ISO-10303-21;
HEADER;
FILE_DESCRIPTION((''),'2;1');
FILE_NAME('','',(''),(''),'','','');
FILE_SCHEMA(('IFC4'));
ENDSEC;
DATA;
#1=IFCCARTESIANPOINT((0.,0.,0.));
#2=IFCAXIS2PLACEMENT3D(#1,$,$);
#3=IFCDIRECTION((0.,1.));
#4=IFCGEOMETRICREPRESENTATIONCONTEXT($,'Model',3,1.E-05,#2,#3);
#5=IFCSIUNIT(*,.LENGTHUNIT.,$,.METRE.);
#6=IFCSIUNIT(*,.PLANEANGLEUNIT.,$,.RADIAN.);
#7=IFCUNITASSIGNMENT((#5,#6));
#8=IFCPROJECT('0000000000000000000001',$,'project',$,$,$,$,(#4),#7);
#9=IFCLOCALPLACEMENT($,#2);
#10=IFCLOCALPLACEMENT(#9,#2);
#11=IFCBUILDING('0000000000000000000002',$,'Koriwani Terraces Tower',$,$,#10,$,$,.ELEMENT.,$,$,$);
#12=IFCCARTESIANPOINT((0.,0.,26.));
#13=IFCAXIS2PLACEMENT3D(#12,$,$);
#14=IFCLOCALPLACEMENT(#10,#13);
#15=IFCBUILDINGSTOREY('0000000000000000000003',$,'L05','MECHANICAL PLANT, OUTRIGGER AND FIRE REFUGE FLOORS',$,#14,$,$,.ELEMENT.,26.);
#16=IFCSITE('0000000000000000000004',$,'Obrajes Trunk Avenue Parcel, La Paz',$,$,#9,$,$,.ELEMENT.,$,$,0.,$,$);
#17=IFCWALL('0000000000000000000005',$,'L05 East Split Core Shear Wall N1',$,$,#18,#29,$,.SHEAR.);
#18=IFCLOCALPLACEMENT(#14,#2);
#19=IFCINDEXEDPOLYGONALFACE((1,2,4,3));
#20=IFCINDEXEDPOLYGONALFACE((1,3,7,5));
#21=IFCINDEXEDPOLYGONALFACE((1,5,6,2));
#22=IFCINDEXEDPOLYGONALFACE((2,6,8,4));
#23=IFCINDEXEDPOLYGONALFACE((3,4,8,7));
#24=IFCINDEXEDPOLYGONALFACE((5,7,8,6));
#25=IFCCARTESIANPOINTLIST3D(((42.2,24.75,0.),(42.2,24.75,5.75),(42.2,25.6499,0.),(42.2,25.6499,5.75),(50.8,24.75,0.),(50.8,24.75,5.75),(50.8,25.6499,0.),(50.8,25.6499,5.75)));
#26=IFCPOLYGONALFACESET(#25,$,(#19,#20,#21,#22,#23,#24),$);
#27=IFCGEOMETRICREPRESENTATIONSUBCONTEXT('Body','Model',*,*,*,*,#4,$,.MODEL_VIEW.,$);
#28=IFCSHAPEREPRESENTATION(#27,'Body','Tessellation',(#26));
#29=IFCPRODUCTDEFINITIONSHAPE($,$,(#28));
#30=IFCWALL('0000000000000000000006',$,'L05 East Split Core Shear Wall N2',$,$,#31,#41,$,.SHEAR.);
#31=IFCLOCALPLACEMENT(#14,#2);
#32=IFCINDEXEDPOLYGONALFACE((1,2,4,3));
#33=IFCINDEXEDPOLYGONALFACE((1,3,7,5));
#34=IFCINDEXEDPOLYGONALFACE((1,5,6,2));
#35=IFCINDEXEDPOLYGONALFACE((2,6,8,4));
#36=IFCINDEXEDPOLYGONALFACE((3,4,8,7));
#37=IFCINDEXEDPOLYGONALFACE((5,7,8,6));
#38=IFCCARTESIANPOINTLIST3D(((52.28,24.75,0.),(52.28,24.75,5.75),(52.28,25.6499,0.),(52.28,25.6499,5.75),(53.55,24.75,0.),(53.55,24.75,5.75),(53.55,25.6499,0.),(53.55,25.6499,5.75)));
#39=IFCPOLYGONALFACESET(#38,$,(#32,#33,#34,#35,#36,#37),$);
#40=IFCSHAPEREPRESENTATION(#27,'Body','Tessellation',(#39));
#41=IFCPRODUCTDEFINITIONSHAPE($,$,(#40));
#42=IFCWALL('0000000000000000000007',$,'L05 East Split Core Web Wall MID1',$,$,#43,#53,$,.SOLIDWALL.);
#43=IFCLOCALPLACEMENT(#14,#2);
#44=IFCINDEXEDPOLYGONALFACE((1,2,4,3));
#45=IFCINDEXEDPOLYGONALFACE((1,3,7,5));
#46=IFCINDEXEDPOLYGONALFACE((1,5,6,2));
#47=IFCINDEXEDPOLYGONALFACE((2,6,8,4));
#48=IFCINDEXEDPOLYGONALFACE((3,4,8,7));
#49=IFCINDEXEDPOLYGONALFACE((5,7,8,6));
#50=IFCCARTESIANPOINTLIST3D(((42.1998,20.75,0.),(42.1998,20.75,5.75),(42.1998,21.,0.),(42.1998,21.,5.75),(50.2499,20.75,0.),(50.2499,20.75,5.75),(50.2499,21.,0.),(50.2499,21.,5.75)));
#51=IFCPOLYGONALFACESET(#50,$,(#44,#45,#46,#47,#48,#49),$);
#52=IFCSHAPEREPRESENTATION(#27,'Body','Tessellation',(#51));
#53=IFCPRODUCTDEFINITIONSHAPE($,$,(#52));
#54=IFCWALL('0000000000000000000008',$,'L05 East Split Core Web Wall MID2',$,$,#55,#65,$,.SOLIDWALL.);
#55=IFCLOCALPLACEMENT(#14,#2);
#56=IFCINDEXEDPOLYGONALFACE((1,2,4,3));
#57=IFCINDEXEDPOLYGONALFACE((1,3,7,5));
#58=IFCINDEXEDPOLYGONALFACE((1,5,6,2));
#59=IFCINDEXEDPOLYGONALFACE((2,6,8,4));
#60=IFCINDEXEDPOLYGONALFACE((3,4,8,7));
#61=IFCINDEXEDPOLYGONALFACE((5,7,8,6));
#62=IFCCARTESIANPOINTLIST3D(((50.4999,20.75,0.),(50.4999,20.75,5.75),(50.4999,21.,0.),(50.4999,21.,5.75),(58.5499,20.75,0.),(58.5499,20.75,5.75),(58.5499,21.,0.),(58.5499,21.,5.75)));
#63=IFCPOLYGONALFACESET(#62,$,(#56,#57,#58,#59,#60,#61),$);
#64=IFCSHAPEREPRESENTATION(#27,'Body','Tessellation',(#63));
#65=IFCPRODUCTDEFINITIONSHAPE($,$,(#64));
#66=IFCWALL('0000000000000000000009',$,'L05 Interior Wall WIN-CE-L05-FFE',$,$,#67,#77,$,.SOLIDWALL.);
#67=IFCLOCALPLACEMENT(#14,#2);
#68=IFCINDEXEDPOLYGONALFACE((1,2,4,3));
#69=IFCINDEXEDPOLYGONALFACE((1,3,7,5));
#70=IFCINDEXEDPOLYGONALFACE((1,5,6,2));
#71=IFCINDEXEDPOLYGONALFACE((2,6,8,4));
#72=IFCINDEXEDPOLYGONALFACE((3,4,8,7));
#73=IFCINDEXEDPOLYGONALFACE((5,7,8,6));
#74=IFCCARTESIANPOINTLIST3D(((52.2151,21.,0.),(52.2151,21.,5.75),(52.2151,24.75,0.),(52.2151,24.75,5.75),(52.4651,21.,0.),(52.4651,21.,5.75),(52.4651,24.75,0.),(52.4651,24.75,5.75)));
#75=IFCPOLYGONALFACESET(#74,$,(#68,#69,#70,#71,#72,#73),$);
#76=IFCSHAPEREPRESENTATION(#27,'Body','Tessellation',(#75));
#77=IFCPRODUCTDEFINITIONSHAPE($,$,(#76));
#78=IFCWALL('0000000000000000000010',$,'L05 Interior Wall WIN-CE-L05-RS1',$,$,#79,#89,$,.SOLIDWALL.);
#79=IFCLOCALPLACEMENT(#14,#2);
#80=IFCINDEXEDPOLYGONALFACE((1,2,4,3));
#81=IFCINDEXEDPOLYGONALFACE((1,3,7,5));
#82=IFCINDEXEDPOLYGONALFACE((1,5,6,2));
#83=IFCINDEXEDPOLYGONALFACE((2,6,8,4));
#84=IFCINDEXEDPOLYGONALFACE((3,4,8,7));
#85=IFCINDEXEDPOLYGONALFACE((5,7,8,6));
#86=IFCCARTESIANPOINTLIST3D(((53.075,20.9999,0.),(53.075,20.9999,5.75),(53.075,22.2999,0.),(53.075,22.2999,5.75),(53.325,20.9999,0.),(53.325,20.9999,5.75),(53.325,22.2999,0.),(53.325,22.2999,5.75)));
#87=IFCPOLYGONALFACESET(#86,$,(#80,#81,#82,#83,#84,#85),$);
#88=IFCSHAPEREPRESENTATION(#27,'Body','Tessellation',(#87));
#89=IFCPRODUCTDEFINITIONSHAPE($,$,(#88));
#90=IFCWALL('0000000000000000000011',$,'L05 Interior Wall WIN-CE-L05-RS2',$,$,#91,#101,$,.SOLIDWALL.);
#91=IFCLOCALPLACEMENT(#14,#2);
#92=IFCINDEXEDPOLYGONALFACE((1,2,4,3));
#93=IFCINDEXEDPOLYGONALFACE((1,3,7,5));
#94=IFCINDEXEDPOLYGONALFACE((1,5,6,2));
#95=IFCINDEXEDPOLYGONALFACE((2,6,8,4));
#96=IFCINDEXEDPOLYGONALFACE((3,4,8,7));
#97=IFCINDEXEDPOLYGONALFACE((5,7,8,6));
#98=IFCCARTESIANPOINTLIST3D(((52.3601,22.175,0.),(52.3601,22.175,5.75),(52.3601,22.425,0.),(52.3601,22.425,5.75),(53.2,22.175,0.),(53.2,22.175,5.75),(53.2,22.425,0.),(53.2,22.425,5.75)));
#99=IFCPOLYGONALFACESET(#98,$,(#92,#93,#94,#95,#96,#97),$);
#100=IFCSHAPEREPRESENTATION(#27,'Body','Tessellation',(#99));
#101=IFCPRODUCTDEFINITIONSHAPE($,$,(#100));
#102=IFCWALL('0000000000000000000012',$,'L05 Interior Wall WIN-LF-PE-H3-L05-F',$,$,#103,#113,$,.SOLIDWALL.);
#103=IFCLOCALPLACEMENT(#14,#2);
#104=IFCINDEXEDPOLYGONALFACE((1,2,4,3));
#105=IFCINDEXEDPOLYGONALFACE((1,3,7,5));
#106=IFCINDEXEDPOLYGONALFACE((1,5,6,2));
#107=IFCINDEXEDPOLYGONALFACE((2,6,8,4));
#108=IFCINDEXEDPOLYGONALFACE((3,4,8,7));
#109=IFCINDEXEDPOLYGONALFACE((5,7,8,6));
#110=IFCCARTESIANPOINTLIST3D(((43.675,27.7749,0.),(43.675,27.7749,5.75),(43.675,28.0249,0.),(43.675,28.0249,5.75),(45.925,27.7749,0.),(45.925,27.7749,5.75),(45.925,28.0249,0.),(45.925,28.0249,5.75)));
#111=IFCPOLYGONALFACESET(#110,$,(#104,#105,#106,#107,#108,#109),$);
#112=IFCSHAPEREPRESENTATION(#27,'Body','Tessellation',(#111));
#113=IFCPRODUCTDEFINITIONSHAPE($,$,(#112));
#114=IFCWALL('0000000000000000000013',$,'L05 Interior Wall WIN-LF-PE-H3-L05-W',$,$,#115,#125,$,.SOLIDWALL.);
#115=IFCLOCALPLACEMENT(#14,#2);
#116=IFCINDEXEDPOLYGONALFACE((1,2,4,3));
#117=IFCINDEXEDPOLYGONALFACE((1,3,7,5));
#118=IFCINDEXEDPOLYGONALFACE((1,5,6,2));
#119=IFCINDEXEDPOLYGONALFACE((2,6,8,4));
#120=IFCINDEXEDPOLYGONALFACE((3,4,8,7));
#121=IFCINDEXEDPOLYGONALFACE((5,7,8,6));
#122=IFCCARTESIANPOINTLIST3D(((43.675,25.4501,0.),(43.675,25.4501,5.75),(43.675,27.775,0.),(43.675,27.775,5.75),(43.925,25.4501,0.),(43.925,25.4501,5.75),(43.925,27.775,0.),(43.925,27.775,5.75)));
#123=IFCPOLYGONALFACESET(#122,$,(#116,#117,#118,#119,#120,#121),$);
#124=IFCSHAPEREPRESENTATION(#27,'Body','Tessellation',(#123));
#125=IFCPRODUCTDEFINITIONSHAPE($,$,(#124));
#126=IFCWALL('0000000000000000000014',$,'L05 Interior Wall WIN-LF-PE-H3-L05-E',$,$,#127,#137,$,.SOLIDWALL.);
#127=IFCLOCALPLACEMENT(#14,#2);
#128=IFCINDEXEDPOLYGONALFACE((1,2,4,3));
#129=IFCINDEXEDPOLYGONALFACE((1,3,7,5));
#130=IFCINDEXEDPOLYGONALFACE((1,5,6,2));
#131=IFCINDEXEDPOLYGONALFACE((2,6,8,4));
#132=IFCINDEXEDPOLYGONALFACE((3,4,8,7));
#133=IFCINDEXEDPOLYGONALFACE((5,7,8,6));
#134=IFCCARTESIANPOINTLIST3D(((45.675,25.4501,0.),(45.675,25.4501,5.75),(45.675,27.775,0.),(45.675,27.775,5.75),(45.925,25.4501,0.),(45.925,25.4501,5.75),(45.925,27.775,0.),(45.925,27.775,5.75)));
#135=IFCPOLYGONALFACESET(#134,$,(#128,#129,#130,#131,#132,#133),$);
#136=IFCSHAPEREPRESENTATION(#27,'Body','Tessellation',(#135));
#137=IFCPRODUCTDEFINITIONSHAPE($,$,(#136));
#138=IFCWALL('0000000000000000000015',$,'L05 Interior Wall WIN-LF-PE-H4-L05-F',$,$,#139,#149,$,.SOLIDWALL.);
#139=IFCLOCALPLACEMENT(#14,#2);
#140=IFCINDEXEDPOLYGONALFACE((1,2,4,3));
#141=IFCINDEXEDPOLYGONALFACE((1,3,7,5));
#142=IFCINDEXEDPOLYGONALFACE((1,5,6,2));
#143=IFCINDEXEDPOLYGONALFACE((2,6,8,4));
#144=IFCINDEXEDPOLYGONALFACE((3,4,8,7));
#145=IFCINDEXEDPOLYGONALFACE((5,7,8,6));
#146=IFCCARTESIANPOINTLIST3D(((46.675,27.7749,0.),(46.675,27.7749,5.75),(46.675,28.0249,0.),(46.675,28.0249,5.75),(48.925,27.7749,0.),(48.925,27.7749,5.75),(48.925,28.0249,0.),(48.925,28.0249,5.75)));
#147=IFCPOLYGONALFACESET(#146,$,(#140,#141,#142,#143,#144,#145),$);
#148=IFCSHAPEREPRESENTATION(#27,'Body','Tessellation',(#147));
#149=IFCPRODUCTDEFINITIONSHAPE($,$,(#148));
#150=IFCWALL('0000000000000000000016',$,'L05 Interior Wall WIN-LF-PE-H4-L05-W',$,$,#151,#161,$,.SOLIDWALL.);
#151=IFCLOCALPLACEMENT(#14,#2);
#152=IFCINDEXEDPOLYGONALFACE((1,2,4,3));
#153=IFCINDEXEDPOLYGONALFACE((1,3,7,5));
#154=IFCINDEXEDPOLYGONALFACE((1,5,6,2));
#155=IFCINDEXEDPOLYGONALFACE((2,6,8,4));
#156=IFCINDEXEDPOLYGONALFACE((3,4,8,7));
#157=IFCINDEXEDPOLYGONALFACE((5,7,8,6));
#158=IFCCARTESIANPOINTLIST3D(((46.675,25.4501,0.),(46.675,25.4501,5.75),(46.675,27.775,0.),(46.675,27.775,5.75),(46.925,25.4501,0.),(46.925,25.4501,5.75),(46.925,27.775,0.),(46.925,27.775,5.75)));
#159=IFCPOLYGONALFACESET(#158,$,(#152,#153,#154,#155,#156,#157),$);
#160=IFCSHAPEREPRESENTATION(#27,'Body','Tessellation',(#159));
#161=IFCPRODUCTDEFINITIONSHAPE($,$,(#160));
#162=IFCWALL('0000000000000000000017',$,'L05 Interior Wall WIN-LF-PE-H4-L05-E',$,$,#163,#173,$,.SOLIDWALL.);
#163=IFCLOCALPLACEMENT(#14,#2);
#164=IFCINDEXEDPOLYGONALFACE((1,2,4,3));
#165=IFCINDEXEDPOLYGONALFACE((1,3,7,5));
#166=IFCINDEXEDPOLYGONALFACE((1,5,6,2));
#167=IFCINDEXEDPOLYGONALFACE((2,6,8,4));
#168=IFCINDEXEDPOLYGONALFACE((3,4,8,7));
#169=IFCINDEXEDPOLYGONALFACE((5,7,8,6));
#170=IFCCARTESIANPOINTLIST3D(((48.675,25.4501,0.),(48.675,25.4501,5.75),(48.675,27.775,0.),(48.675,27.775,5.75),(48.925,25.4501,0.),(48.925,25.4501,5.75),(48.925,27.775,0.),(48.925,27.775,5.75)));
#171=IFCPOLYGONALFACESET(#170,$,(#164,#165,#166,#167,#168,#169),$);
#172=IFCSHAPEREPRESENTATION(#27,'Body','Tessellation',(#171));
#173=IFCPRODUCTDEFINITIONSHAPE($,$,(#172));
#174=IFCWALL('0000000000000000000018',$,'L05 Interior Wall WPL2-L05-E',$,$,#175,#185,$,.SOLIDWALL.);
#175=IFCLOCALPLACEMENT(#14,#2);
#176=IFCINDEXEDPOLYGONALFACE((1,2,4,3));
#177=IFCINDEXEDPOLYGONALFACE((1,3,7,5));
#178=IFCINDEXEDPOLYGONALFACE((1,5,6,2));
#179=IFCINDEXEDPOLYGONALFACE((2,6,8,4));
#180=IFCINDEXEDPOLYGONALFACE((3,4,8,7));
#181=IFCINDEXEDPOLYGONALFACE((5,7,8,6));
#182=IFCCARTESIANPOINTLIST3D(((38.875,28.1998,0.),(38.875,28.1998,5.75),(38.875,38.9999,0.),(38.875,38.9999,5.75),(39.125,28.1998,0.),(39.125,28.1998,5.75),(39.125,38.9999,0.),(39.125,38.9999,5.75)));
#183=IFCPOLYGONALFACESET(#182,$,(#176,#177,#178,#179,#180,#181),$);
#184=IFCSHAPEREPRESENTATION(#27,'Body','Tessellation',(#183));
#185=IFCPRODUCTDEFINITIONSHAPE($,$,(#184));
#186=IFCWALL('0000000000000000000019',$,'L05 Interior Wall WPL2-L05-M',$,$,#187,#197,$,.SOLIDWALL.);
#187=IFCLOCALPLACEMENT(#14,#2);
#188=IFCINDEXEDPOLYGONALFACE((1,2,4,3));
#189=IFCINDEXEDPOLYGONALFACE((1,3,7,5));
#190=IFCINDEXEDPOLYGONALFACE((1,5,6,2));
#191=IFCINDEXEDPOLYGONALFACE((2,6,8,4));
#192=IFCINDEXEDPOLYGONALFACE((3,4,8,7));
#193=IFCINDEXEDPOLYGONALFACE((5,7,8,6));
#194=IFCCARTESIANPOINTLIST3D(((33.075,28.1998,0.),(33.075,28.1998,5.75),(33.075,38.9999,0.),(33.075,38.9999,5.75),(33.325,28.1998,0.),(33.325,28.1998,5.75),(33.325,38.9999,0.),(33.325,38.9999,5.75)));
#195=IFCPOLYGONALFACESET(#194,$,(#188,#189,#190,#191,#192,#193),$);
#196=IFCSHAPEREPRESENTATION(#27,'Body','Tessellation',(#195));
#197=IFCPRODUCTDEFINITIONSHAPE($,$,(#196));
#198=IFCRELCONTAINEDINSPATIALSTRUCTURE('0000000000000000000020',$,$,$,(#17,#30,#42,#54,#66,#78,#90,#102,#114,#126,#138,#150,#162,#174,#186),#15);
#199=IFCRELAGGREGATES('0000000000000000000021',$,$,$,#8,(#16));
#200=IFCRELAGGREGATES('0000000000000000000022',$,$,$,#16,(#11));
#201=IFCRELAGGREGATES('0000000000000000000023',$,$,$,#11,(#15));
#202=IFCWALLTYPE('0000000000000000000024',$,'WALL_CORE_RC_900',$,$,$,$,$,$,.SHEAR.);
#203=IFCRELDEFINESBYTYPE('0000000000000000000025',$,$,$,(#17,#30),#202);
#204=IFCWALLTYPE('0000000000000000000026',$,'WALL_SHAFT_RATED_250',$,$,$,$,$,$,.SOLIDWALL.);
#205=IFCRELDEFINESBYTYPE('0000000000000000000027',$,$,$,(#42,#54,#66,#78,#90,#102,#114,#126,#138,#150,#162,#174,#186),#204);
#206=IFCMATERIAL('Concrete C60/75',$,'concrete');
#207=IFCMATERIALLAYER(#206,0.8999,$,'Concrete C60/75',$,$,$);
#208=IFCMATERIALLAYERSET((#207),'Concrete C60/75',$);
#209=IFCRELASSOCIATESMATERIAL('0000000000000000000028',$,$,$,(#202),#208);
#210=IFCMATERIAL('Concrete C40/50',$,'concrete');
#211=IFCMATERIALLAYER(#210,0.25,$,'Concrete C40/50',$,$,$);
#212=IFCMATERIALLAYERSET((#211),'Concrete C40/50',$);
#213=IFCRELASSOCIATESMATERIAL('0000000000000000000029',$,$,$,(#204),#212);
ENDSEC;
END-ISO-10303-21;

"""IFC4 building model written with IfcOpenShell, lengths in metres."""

from ifc_helpers import new_model, si_unit, direction, frame, frame_2d, origin, place, context, subcontext, project, spatial, rectangle, extrude, material, layer, layer_set, type_object, element, save


model = new_model("IFC4")

# Units and contexts
model_context = context("Model", 3, precision=1e-05, world=origin(), true_north=direction((0.0, 1.0)))
body_context = subcontext(model_context, "Body", "Model", "MODEL_VIEW")
ifc_project = project(units=[si_unit("LENGTHUNIT", "METRE"), si_unit("PLANEANGLEUNIT", "RADIAN")], contexts=[model_context])

# Site, building, storey
site_placement = place(None, origin())
site = spatial("IfcSite", under=ifc_project, at=site_placement, Name="Obrajes Trunk Avenue Parcel, La Paz", CompositionType="ELEMENT", RefElevation=0.0)
building_placement = place(site_placement, origin())
building = spatial("IfcBuilding", under=site, at=building_placement, Name="Koriwani Terraces Tower", CompositionType="ELEMENT")
storey_placement = place(building_placement, frame((0.0, 0.0, 26.0)))
storey = spatial("IfcBuildingStorey", under=building, at=storey_placement, Name="L05", Description="MECHANICAL PLANT, OUTRIGGER AND FIRE REFUGE FLOORS", CompositionType="ELEMENT", Elevation=26.0)

# Shared definitions
ifc_material_1 = material(Name="Concrete C60/75", Category="concrete")

# Walls
ifc_layer_1 = layer(ifc_material_1, 0.8999, Name="Concrete C60/75")
ifc_layer_set_1 = layer_set([ifc_layer_1], Name="Concrete C60/75")
wall_type_1 = type_object("IfcWallType", Name="WALL_CORE_RC_900", PredefinedType="SHEAR", material=ifc_layer_set_1)
wall_1_placement = place(storey_placement, frame((42.2, 25.2, 0.0), z_axis=(0.0, 0.0, 1.0), x_axis=(1.0, 0.0, 0.0)))
element("IfcWall", 1, at=wall_1_placement, inside=storey, type_object=wall_type_1, Name="L05 East Split Core Shear Wall N1", PredefinedType="SHEAR", context=body_context, shape_type="SweptSolid", body=[
    extrude(rectangle(XDim=8.6001, YDim=0.8999, at=frame_2d((4.3, 0.0))), origin(), (0.0, 0.0, 1.0), 5.75),
])
wall_2_placement = place(storey_placement, frame((52.28, 25.2, 0.0), z_axis=(0.0, 0.0, 1.0), x_axis=(1.0, 0.0, 0.0)))
element("IfcWall", 2, at=wall_2_placement, inside=storey, type_object=wall_type_1, Name="L05 East Split Core Shear Wall N2", PredefinedType="SHEAR", context=body_context, shape_type="SweptSolid", body=[
    extrude(rectangle(XDim=1.27, YDim=0.8999, at=frame_2d((0.635, 0.0))), origin(), (0.0, 0.0, 1.0), 5.75),
])
ifc_material_2 = material(Name="Concrete C40/50", Category="concrete")
ifc_layer_2 = layer(ifc_material_2, 0.25, Name="Concrete C40/50")
ifc_layer_set_2 = layer_set([ifc_layer_2], Name="Concrete C40/50")
wall_type_2 = type_object("IfcWallType", Name="WALL_SHAFT_RATED_250", PredefinedType="SOLIDWALL", material=ifc_layer_set_2)
for number, where, z_axis, x_axis, name in (
    (3, (42.2, 20.875, 0.0), (0.0, 0.0, 1.0), (1.0, 0.0, 0.0), "L05 East Split Core Web Wall MID1"),
    (4, (50.5, 20.875, 0.0), (0.0, 0.0, 1.0), (1.0, 0.0, 0.0), "L05 East Split Core Web Wall MID2"),
):
    element("IfcWall", number, at=place(storey_placement, frame(where, z_axis=z_axis, x_axis=x_axis)), inside=storey, type_object=wall_type_2, Name=name, PredefinedType="SOLIDWALL", context=body_context, shape_type="SweptSolid", body=[
        extrude(rectangle(XDim=8.05, YDim=0.25, at=frame_2d((4.0249, 0.0))), origin(), (0.0, 0.0, 1.0), 5.75),
    ])

# Walls
wall_3_placement = place(storey_placement, frame((52.3401, 21.0, 0.0), z_axis=(0.0, 0.0, 1.0), x_axis=(0.0, 1.0, 0.0)))
element("IfcWall", 5, at=wall_3_placement, inside=storey, type_object=wall_type_2, Name="L05 Interior Wall WIN-CE-L05-FFE", PredefinedType="SOLIDWALL", context=body_context, shape_type="SweptSolid", body=[
    extrude(rectangle(XDim=3.75, YDim=0.25, at=frame_2d((1.875, 0.0))), origin(), (0.0, 0.0, 1.0), 5.75),
])
wall_4_placement = place(storey_placement, frame((53.2, 21.0, 0.0), z_axis=(0.0, 0.0, 1.0), x_axis=(0.0, 1.0, 0.0)))
element("IfcWall", 6, at=wall_4_placement, inside=storey, type_object=wall_type_2, Name="L05 Interior Wall WIN-CE-L05-RS1", PredefinedType="SOLIDWALL", context=body_context, shape_type="SweptSolid", body=[
    extrude(rectangle(XDim=1.3, YDim=0.25, at=frame_2d((0.6499, 0.0))), origin(), (0.0, 0.0, 1.0), 5.75),
])
wall_5_placement = place(storey_placement, frame((52.3601, 22.3, 0.0), z_axis=(0.0, 0.0, 1.0), x_axis=(1.0, 0.0, 0.0)))
element("IfcWall", 7, at=wall_5_placement, inside=storey, type_object=wall_type_2, Name="L05 Interior Wall WIN-CE-L05-RS2", PredefinedType="SOLIDWALL", context=body_context, shape_type="SweptSolid", body=[
    extrude(rectangle(XDim=0.8398, YDim=0.25, at=frame_2d((0.4199, 0.0))), origin(), (0.0, 0.0, 1.0), 5.75),
])
wall_6_placement = place(storey_placement, frame((43.675, 27.8999, 0.0), z_axis=(0.0, 0.0, 1.0), x_axis=(1.0, 0.0, 0.0)))
element("IfcWall", 8, at=wall_6_placement, inside=storey, type_object=wall_type_2, Name="L05 Interior Wall WIN-LF-PE-H3-L05-F", PredefinedType="SOLIDWALL", context=body_context, shape_type="SweptSolid", body=[
    extrude(rectangle(XDim=2.25, YDim=0.25, at=frame_2d((1.125, 0.0))), origin(), (0.0, 0.0, 1.0), 5.75),
])
for number, where, z_axis, x_axis, name in (
    (9, (43.8, 25.45, 0.0), (0.0, 0.0, 1.0), (0.0, 1.0, 0.0), "L05 Interior Wall WIN-LF-PE-H3-L05-W"),
    (10, (45.8, 25.45, 0.0), (0.0, 0.0, 1.0), (0.0, 1.0, 0.0), "L05 Interior Wall WIN-LF-PE-H3-L05-E"),
):
    element("IfcWall", number, at=place(storey_placement, frame(where, z_axis=z_axis, x_axis=x_axis)), inside=storey, type_object=wall_type_2, Name=name, PredefinedType="SOLIDWALL", context=body_context, shape_type="SweptSolid", body=[
        extrude(rectangle(XDim=2.325, YDim=0.25, at=frame_2d((1.1626, 0.0))), origin(), (0.0, 0.0, 1.0), 5.75),
    ])
wall_7_placement = place(storey_placement, frame((46.675, 27.8999, 0.0), z_axis=(0.0, 0.0, 1.0), x_axis=(1.0, 0.0, 0.0)))
element("IfcWall", 11, at=wall_7_placement, inside=storey, type_object=wall_type_2, Name="L05 Interior Wall WIN-LF-PE-H4-L05-F", PredefinedType="SOLIDWALL", context=body_context, shape_type="SweptSolid", body=[
    extrude(rectangle(XDim=2.25, YDim=0.25, at=frame_2d((1.125, 0.0))), origin(), (0.0, 0.0, 1.0), 5.75),
])
for number, where, z_axis, x_axis, name in (
    (12, (46.8, 25.45, 0.0), (0.0, 0.0, 1.0), (0.0, 1.0, 0.0), "L05 Interior Wall WIN-LF-PE-H4-L05-W"),
    (13, (48.8, 25.45, 0.0), (0.0, 0.0, 1.0), (0.0, 1.0, 0.0), "L05 Interior Wall WIN-LF-PE-H4-L05-E"),
):
    element("IfcWall", number, at=place(storey_placement, frame(where, z_axis=z_axis, x_axis=x_axis)), inside=storey, type_object=wall_type_2, Name=name, PredefinedType="SOLIDWALL", context=body_context, shape_type="SweptSolid", body=[
        extrude(rectangle(XDim=2.325, YDim=0.25, at=frame_2d((1.1626, 0.0))), origin(), (0.0, 0.0, 1.0), 5.75),
    ])
for number, where, z_axis, x_axis, name in (
    (14, (39.0, 28.2, 0.0), (0.0, 0.0, 1.0), (0.0, 1.0, 0.0), "L05 Interior Wall WPL2-L05-E"),
    (15, (33.2, 28.2, 0.0), (0.0, 0.0, 1.0), (0.0, 1.0, 0.0), "L05 Interior Wall WPL2-L05-M"),
):
    element("IfcWall", number, at=place(storey_placement, frame(where, z_axis=z_axis, x_axis=x_axis)), inside=storey, type_object=wall_type_2, Name=name, PredefinedType="SOLIDWALL", context=body_context, shape_type="SweptSolid", body=[
        extrude(rectangle(XDim=10.8, YDim=0.25, at=frame_2d((5.3999, 0.0))), origin(), (0.0, 0.0, 1.0), 5.75),
    ])

save(model, "model.ifc")
